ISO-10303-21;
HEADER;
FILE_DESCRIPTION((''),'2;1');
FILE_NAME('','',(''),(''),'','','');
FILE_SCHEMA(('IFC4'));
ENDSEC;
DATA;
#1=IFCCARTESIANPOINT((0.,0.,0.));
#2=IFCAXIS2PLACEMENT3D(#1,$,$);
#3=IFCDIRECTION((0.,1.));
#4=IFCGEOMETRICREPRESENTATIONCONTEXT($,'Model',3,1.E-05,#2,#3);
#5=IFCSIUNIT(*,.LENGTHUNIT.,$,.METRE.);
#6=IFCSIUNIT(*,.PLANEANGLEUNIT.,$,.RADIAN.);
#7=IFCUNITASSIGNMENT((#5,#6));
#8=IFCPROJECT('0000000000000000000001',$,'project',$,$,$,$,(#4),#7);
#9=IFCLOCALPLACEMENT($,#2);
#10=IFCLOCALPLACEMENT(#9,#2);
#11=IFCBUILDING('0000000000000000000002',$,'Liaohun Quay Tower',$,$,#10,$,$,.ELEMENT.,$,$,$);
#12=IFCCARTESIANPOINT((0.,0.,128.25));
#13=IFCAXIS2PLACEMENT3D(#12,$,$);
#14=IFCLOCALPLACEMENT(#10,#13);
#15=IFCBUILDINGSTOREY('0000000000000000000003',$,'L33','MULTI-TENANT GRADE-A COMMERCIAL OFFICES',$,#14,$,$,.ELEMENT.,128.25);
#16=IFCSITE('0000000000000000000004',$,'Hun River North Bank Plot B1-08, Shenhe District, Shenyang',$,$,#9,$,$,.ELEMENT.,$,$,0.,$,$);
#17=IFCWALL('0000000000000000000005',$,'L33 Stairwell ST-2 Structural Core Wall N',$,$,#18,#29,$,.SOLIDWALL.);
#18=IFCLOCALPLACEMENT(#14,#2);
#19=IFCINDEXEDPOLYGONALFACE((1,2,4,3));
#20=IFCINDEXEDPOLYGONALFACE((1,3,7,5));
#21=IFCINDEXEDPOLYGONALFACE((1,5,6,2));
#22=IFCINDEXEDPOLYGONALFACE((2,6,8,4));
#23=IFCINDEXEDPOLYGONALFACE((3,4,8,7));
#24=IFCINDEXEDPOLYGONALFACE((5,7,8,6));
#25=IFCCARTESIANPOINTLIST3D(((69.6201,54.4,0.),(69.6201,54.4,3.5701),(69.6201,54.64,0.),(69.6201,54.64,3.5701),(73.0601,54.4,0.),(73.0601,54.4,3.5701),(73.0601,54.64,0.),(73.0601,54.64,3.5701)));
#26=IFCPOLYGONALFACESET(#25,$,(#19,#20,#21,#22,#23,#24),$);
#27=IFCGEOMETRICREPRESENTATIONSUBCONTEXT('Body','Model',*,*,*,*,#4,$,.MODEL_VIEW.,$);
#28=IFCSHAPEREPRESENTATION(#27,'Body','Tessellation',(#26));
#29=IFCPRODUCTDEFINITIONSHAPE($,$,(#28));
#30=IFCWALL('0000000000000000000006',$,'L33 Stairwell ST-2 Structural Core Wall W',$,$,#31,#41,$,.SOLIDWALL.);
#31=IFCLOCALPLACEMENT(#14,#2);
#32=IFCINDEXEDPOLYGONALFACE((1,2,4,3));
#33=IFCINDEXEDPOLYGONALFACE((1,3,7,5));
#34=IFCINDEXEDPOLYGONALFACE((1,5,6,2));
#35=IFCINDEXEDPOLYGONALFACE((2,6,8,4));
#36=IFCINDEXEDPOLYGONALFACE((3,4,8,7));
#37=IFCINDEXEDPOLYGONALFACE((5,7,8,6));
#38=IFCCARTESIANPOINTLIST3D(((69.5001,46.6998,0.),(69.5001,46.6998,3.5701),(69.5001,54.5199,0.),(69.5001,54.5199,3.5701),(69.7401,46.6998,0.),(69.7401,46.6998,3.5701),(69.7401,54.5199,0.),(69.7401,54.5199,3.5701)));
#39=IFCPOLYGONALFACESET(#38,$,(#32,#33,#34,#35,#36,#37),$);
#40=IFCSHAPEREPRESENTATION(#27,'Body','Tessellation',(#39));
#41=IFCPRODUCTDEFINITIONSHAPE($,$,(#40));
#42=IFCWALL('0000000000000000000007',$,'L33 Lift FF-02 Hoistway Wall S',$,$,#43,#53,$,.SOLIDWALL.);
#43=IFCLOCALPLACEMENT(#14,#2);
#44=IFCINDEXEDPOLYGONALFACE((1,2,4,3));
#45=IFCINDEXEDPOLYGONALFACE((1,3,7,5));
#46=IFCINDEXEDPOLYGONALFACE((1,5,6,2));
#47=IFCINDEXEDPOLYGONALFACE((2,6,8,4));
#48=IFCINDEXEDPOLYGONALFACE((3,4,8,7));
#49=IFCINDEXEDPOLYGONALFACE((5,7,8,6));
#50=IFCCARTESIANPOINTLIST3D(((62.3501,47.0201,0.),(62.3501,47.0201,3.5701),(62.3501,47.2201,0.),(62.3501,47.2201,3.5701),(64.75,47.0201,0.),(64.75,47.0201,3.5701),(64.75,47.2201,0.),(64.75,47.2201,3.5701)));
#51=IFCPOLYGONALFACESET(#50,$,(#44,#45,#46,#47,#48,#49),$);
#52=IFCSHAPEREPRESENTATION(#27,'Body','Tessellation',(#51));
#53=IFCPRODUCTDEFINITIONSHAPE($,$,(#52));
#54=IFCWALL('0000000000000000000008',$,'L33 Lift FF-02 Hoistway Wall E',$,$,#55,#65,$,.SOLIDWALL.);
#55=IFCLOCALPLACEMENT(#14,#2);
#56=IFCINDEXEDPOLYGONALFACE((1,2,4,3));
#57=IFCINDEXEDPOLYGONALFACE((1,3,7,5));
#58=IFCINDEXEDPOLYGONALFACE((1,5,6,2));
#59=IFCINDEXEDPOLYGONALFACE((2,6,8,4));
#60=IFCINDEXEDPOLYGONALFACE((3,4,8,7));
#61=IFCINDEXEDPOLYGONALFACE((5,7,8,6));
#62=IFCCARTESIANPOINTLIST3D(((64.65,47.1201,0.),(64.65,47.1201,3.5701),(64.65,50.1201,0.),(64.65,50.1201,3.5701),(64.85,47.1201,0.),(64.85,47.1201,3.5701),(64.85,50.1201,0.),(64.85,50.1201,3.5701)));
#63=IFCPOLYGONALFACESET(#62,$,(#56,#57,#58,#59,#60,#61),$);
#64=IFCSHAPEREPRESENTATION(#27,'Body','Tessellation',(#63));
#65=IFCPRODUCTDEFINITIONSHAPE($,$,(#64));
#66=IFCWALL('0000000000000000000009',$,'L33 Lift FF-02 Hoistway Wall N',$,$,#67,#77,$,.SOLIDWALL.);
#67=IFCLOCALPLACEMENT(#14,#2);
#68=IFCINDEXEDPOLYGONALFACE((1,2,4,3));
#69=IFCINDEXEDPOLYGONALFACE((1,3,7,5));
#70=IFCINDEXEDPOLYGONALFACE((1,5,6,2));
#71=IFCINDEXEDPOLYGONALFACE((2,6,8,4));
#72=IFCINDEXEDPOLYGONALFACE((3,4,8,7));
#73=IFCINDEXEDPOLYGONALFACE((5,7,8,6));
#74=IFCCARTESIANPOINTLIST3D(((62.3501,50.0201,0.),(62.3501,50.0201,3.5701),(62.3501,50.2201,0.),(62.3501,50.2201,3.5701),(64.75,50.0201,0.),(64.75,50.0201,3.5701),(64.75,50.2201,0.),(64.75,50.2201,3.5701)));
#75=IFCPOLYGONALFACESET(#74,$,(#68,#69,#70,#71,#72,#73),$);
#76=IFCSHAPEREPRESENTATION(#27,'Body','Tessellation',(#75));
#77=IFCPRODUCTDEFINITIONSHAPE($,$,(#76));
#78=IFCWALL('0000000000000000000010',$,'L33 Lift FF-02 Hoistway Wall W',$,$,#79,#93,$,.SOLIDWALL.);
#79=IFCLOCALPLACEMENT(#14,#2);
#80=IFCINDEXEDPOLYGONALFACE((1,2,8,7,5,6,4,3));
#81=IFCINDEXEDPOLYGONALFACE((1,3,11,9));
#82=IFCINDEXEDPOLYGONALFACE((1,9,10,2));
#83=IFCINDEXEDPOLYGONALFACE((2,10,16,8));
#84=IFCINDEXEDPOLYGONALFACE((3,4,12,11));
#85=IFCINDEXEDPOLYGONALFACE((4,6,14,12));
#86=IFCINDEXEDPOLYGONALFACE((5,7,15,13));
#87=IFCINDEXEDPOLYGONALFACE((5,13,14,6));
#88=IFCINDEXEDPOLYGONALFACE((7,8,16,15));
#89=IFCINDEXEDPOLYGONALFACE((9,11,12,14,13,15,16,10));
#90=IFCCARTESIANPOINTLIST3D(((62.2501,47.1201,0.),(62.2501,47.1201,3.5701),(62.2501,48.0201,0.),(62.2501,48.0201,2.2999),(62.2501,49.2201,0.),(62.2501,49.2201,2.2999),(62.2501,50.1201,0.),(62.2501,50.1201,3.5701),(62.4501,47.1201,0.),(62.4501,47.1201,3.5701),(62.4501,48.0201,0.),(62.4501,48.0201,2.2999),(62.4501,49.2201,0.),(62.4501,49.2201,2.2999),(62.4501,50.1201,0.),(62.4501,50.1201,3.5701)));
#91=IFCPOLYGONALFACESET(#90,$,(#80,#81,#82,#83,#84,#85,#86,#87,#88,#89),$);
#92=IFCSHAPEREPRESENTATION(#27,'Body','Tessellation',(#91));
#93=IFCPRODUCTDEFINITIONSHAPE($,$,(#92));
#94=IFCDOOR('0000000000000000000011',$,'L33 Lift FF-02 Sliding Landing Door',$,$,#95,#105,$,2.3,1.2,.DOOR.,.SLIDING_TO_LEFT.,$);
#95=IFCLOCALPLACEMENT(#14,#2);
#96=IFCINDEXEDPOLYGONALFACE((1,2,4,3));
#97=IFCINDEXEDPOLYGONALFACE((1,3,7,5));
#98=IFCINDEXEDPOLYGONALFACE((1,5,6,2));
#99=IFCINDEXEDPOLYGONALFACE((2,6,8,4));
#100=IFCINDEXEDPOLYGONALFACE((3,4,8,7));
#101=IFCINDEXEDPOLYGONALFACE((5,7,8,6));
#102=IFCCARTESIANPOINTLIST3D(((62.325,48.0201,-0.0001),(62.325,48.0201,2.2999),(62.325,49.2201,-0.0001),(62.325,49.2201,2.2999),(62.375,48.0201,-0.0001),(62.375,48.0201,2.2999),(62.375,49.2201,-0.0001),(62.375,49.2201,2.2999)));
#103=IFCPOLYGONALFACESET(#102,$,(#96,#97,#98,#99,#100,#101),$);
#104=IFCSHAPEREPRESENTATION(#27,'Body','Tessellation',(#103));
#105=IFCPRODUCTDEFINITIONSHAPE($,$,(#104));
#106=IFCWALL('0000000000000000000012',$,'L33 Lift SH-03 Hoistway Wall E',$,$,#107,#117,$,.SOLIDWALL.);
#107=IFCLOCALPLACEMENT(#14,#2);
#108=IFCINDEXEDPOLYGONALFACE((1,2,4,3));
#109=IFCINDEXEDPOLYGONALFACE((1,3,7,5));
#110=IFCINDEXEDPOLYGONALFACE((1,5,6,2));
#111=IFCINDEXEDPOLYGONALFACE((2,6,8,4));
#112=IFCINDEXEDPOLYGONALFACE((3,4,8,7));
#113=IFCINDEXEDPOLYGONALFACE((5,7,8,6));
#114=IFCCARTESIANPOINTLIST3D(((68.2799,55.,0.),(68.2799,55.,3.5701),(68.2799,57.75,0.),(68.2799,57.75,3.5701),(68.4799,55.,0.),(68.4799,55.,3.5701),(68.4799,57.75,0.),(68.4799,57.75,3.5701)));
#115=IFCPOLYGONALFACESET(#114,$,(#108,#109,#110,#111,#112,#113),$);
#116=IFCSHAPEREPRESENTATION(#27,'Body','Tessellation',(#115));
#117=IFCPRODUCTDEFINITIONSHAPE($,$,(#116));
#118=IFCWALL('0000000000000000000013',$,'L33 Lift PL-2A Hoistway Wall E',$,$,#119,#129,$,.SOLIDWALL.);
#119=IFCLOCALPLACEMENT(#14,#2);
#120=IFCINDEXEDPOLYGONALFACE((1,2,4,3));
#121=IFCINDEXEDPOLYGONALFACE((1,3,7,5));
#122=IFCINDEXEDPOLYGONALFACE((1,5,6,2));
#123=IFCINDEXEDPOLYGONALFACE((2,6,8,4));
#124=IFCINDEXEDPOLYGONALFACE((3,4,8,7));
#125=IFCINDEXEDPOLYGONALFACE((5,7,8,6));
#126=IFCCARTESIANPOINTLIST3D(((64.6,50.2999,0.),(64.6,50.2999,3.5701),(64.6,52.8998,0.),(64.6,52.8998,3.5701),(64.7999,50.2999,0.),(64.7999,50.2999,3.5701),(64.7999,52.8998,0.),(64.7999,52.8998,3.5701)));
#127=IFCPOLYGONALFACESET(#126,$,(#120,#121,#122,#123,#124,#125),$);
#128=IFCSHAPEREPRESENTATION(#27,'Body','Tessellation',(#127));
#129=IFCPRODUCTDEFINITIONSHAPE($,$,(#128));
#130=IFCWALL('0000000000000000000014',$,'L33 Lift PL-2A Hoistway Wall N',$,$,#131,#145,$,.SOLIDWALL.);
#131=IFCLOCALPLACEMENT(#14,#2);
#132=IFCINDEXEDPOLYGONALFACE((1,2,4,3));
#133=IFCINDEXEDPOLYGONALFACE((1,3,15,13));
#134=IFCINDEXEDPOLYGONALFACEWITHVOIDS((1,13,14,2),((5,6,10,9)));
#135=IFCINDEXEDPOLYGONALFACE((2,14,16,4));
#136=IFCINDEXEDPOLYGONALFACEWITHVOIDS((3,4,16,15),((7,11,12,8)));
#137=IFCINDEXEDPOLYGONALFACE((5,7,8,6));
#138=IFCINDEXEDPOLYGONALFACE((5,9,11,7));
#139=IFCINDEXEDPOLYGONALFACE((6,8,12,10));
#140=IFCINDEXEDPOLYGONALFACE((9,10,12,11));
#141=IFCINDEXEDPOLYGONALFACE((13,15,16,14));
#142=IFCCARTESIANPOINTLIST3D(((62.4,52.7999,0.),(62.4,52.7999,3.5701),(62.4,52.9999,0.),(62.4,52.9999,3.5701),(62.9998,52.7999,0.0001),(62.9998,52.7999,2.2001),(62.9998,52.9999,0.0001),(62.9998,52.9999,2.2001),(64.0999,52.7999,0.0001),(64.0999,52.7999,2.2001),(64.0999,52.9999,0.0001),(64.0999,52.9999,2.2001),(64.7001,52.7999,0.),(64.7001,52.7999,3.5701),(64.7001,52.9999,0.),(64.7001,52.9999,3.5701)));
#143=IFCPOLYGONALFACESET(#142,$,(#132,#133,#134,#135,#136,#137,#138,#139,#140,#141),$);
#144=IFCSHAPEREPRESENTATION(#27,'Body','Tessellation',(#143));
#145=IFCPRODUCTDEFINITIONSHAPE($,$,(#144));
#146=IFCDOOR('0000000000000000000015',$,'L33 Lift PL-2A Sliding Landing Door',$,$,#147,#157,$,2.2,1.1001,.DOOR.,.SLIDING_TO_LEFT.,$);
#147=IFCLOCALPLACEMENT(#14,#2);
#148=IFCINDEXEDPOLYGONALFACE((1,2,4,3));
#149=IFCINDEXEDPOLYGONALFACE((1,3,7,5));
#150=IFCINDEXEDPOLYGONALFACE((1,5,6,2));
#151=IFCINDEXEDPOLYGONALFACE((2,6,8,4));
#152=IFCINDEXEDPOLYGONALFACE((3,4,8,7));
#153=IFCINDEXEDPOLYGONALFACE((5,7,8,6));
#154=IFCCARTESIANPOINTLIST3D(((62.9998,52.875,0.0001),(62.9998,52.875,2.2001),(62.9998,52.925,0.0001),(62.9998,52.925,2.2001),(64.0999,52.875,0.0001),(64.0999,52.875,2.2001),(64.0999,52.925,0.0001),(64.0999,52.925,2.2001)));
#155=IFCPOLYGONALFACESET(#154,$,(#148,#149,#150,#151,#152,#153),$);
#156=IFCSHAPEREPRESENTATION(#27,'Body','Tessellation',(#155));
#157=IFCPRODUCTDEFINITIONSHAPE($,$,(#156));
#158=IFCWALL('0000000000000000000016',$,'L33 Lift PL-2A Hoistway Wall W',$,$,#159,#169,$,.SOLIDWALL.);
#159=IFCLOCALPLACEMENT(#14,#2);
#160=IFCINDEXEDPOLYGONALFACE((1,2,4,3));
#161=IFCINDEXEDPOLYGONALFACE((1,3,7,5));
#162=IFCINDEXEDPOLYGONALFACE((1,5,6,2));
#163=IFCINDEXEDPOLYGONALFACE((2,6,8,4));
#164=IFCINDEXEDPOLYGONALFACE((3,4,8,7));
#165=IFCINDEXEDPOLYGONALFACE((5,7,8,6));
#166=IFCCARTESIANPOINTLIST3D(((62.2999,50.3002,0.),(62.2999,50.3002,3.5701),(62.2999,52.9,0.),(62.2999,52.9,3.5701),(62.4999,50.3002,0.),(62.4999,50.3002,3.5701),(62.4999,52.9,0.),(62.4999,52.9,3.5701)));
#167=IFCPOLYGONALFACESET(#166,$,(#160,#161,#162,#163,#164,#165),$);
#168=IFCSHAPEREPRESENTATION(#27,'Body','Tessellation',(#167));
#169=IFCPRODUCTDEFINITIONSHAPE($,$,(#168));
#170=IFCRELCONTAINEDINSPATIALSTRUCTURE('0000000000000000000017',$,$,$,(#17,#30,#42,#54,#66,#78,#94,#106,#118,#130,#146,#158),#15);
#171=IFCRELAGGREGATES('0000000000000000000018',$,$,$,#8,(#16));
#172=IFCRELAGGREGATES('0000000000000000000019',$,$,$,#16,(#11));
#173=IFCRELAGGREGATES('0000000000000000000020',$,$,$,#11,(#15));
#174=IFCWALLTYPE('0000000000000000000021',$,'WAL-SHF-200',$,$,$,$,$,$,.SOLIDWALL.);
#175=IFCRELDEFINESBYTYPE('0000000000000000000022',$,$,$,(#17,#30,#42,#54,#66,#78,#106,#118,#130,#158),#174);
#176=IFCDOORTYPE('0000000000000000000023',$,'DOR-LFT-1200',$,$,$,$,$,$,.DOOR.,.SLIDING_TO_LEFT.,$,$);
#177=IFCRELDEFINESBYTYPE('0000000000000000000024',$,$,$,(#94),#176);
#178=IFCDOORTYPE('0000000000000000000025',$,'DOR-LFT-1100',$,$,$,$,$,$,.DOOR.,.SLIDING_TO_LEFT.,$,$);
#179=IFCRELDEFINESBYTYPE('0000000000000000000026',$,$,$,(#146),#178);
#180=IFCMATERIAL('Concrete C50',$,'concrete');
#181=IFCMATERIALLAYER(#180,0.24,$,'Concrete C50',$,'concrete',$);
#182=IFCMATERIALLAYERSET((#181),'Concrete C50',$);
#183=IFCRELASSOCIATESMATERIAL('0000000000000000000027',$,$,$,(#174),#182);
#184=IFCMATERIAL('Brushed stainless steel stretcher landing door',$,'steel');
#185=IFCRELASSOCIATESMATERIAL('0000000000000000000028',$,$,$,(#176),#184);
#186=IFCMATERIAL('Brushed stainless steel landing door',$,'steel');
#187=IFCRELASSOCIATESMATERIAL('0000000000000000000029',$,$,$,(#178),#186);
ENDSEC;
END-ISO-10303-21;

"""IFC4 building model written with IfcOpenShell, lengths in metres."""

from ifc_helpers import new_model, si_unit, direction, frame, frame_2d, origin, place, context, subcontext, project, spatial, rectangle, extrude, source, transform, mapped, material, layer, layer_set, type_object, element, fill, save


model = new_model("IFC4")

# Units and contexts
model_context = context("Model", 3, precision=1e-05, world=origin(), true_north=direction((0.0, 1.0)))
body_context = subcontext(model_context, "Body", "Model", "MODEL_VIEW")
ifc_project = project(units=[si_unit("LENGTHUNIT", "METRE"), si_unit("PLANEANGLEUNIT", "RADIAN")], contexts=[model_context])

# Site, building, storey
site_placement = place(None, origin())
site = spatial("IfcSite", under=ifc_project, at=site_placement, Name="Hun River North Bank Plot B1-08, Shenhe District, Shenyang", CompositionType="ELEMENT", RefElevation=0.0)
building_placement = place(site_placement, origin())
building = spatial("IfcBuilding", under=site, at=building_placement, Name="Liaohun Quay Tower", CompositionType="ELEMENT")
storey_placement = place(building_placement, frame((0.0, 0.0, 128.25)))
storey = spatial("IfcBuildingStorey", under=building, at=storey_placement, Name="L33", Description="MULTI-TENANT GRADE-A COMMERCIAL OFFICES", CompositionType="ELEMENT", Elevation=128.25)

# Walls
ifc_material_1 = material(Name="Concrete C50", Category="concrete")
ifc_layer_1 = layer(ifc_material_1, 0.24, Name="Concrete C50", Category="concrete")
ifc_layer_set_1 = layer_set([ifc_layer_1], Name="Concrete C50")
wall_type_1 = type_object("IfcWallType", Name="WAL-SHF-200", PredefinedType="SOLIDWALL", material=ifc_layer_set_1)
wall_1_placement = place(storey_placement, frame((73.0601, 54.52, 0.0), z_axis=(0.0, 0.0, 1.0), x_axis=(-1.0, 0.0, 0.0)))
element("IfcWall", 1, at=wall_1_placement, inside=storey, type_object=wall_type_1, Name="L33 Stairwell ST-2 Structural Core Wall N", PredefinedType="SOLIDWALL", context=body_context, shape_type="SweptSolid", body=[
    extrude(rectangle(XDim=3.4399, YDim=0.24, at=frame_2d((1.72, 0.0))), origin(), (0.0, 0.0, 1.0), 3.5701),
])
wall_2_placement = place(storey_placement, frame((69.6201, 54.52, 0.0), z_axis=(0.0, 0.0, 1.0), x_axis=(0.0, -1.0, 0.0)))
element("IfcWall", 2, at=wall_2_placement, inside=storey, type_object=wall_type_1, Name="L33 Stairwell ST-2 Structural Core Wall W", PredefinedType="SOLIDWALL", context=body_context, shape_type="SweptSolid", body=[
    extrude(rectangle(XDim=7.8201, YDim=0.24, at=frame_2d((3.9102, 0.0))), origin(), (0.0, 0.0, 1.0), 3.5701),
])
wall_3_placement = place(storey_placement, frame((62.3501, 47.1201, 0.0), z_axis=(0.0, 0.0, 1.0), x_axis=(1.0, 0.0, 0.0)))
element("IfcWall", 3, at=wall_3_placement, inside=storey, type_object=wall_type_1, Name="L33 Lift FF-02 Hoistway Wall S", PredefinedType="SOLIDWALL", context=body_context, shape_type="SweptSolid", body=[
    extrude(rectangle(XDim=2.3999, YDim=0.2, at=frame_2d((1.2, 0.0))), origin(), (0.0, 0.0, 1.0), 3.5701),
])
wall_4_placement = place(storey_placement, frame((64.75, 47.1201, 0.0), z_axis=(0.0, 0.0, 1.0), x_axis=(0.0, 1.0, 0.0)))
element("IfcWall", 4, at=wall_4_placement, inside=storey, type_object=wall_type_1, Name="L33 Lift FF-02 Hoistway Wall E", PredefinedType="SOLIDWALL", context=body_context, shape_type="SweptSolid", body=[
    extrude(rectangle(XDim=3.0, YDim=0.2, at=frame_2d((1.5, 0.0))), origin(), (0.0, 0.0, 1.0), 3.5701),
])
wall_5_placement = place(storey_placement, frame((64.75, 50.1201, 0.0), z_axis=(0.0, 0.0, 1.0), x_axis=(-1.0, 0.0, 0.0)))
element("IfcWall", 5, at=wall_5_placement, inside=storey, type_object=wall_type_1, Name="L33 Lift FF-02 Hoistway Wall N", PredefinedType="SOLIDWALL", context=body_context, shape_type="SweptSolid", body=[
    extrude(rectangle(XDim=2.3999, YDim=0.2, at=frame_2d((1.2, 0.0))), origin(), (0.0, 0.0, 1.0), 3.5701),
])

# Wall, opening, door
wall_6_placement = place(storey_placement, frame((62.3501, 50.1201, 0.0), z_axis=(0.0, 0.0, 1.0), x_axis=(0.0, -1.0, 0.0)))
wall_6 = element("IfcWall", 6, at=wall_6_placement, inside=storey, type_object=wall_type_1, Name="L33 Lift FF-02 Hoistway Wall W", PredefinedType="SOLIDWALL", context=body_context, shape_type="SweptSolid", body=[
    extrude(rectangle(XDim=3.0, YDim=0.2, at=frame_2d((1.5, 0.0))), origin(), (0.0, 0.0, 1.0), 3.5701),
])
shared_shape_1 = source(origin(), body_context, "Body", "SweptSolid", [
    extrude(rectangle(XDim=1.2, YDim=2.3, at=frame_2d((0.6001, 1.1499))), frame((0.0, 0.1099, 0.0), z_axis=(0.0, -1.0, 0.0), x_axis=(1.0, 0.0, 0.0)), (0.0, 0.0, 1.0), 0.22),
])
opening_1_placement = place(wall_6_placement, frame((0.8999, 0.0, 0.0)))
opening_1 = element("IfcOpeningElement", 7, at=opening_1_placement, cuts=wall_6, PredefinedType="OPENING", context=body_context, shape_type="MappedRepresentation", body=[
    mapped(shared_shape_1, transform((0.0, 0.0, 0.0), x_axis=(1.0, 0.0, 0.0), y_axis=(0.0, 1.0, 0.0), z_axis=(0.0, 0.0, 1.0), scale=1.0)),
])
ifc_material_2 = material(Name="Brushed stainless steel stretcher landing door", Category="steel")
door_type_1 = type_object("IfcDoorType", Name="DOR-LFT-1200", OperationType="SLIDING_TO_LEFT", PredefinedType="DOOR", material=ifc_material_2)
shared_shape_2 = source(origin(), body_context, "Body", "SweptSolid", [
    extrude(rectangle(XDim=1.2, YDim=2.3, at=frame_2d((0.6001, 1.1499))), frame((0.0, 0.0249, 0.0), z_axis=(0.0, -1.0, 0.0), x_axis=(1.0, 0.0, 0.0)), (0.0, 0.0, 1.0), 0.05),
])
door_1_placement = place(opening_1_placement, origin())
door_1 = element("IfcDoor", 8, at=door_1_placement, inside=storey, type_object=door_type_1, Name="L33 Lift FF-02 Sliding Landing Door", OperationType="SLIDING_TO_LEFT", OverallHeight=2.3, OverallWidth=1.2, PredefinedType="DOOR", context=body_context, shape_type="MappedRepresentation", body=[
    mapped(shared_shape_2, transform((0.0, 0.0, 0.0), x_axis=(1.0, 0.0, 0.0), y_axis=(0.0, 1.0, 0.0), z_axis=(0.0, 0.0, 1.0), scale=1.0)),
])
fill(opening_1, door_1)

# Walls
wall_7_placement = place(storey_placement, frame((68.3799, 55.0, 0.0), z_axis=(0.0, 0.0, 1.0), x_axis=(0.0, 1.0, 0.0)))
element("IfcWall", 9, at=wall_7_placement, inside=storey, type_object=wall_type_1, Name="L33 Lift SH-03 Hoistway Wall E", PredefinedType="SOLIDWALL", context=body_context, shape_type="SweptSolid", body=[
    extrude(rectangle(XDim=2.75, YDim=0.2, at=frame_2d((1.375, 0.0))), origin(), (0.0, 0.0, 1.0), 3.5701),
])
wall_8_placement = place(storey_placement, frame((64.7, 50.3, 0.0), z_axis=(0.0, 0.0, 1.0), x_axis=(0.0, 1.0, 0.0)))
element("IfcWall", 10, at=wall_8_placement, inside=storey, type_object=wall_type_1, Name="L33 Lift PL-2A Hoistway Wall E", PredefinedType="SOLIDWALL", context=body_context, shape_type="SweptSolid", body=[
    extrude(rectangle(XDim=2.5999, YDim=0.2, at=frame_2d((1.2998, 0.0))), origin(), (0.0, 0.0, 1.0), 3.5701),
])

# Wall, opening, door
wall_9_placement = place(storey_placement, frame((64.7, 52.8999, 0.0), z_axis=(0.0, 0.0, 1.0), x_axis=(-1.0, 0.0, 0.0)))
wall_9 = element("IfcWall", 11, at=wall_9_placement, inside=storey, type_object=wall_type_1, Name="L33 Lift PL-2A Hoistway Wall N", PredefinedType="SOLIDWALL", context=body_context, shape_type="SweptSolid", body=[
    extrude(rectangle(XDim=2.3, YDim=0.2, at=frame_2d((1.1499, 0.0))), origin(), (0.0, 0.0, 1.0), 3.5701),
])
shared_shape_3 = source(origin(), body_context, "Body", "SweptSolid", [
    extrude(rectangle(XDim=1.1001, YDim=2.2, at=frame_2d((0.55, 1.1001))), frame((0.0, 0.1099, 0.0), z_axis=(0.0, -1.0, 0.0), x_axis=(1.0, 0.0, 0.0)), (0.0, 0.0, 1.0), 0.22),
])
opening_2_placement = place(wall_9_placement, frame((0.6001, 0.0, 0.0)))
opening_2 = element("IfcOpeningElement", 12, at=opening_2_placement, cuts=wall_9, PredefinedType="OPENING", context=body_context, shape_type="MappedRepresentation", body=[
    mapped(shared_shape_3, transform((0.0, 0.0, 0.0), x_axis=(1.0, 0.0, 0.0), y_axis=(0.0, 1.0, 0.0), z_axis=(0.0, 0.0, 1.0), scale=1.0)),
])
ifc_material_3 = material(Name="Brushed stainless steel landing door", Category="steel")
door_type_2 = type_object("IfcDoorType", Name="DOR-LFT-1100", OperationType="SLIDING_TO_LEFT", PredefinedType="DOOR", material=ifc_material_3)
shared_shape_4 = source(origin(), body_context, "Body", "SweptSolid", [
    extrude(rectangle(XDim=1.1001, YDim=2.2, at=frame_2d((0.55, 1.1001))), frame((0.0, 0.0249, 0.0), z_axis=(0.0, -1.0, 0.0), x_axis=(1.0, 0.0, 0.0)), (0.0, 0.0, 1.0), 0.05),
])
door_2_placement = place(opening_2_placement, origin())
door_2 = element("IfcDoor", 13, at=door_2_placement, inside=storey, type_object=door_type_2, Name="L33 Lift PL-2A Sliding Landing Door", OperationType="SLIDING_TO_LEFT", OverallHeight=2.2, OverallWidth=1.1001, PredefinedType="DOOR", context=body_context, shape_type="MappedRepresentation", body=[
    mapped(shared_shape_4, transform((0.0, 0.0, 0.0), x_axis=(1.0, 0.0, 0.0), y_axis=(0.0, 1.0, 0.0), z_axis=(0.0, 0.0, 1.0), scale=1.0)),
])
fill(opening_2, door_2)

# Wall
wall_10_placement = place(storey_placement, frame((62.3999, 52.8999, 0.0), z_axis=(0.0, 0.0, 1.0), x_axis=(0.0, -1.0, 0.0)))
element("IfcWall", 14, at=wall_10_placement, inside=storey, type_object=wall_type_1, Name="L33 Lift PL-2A Hoistway Wall W", PredefinedType="SOLIDWALL", context=body_context, shape_type="SweptSolid", body=[
    extrude(rectangle(XDim=2.5999, YDim=0.2, at=frame_2d((1.2998, 0.0))), origin(), (0.0, 0.0, 1.0), 3.5701),
])

save(model, "model.ifc")
